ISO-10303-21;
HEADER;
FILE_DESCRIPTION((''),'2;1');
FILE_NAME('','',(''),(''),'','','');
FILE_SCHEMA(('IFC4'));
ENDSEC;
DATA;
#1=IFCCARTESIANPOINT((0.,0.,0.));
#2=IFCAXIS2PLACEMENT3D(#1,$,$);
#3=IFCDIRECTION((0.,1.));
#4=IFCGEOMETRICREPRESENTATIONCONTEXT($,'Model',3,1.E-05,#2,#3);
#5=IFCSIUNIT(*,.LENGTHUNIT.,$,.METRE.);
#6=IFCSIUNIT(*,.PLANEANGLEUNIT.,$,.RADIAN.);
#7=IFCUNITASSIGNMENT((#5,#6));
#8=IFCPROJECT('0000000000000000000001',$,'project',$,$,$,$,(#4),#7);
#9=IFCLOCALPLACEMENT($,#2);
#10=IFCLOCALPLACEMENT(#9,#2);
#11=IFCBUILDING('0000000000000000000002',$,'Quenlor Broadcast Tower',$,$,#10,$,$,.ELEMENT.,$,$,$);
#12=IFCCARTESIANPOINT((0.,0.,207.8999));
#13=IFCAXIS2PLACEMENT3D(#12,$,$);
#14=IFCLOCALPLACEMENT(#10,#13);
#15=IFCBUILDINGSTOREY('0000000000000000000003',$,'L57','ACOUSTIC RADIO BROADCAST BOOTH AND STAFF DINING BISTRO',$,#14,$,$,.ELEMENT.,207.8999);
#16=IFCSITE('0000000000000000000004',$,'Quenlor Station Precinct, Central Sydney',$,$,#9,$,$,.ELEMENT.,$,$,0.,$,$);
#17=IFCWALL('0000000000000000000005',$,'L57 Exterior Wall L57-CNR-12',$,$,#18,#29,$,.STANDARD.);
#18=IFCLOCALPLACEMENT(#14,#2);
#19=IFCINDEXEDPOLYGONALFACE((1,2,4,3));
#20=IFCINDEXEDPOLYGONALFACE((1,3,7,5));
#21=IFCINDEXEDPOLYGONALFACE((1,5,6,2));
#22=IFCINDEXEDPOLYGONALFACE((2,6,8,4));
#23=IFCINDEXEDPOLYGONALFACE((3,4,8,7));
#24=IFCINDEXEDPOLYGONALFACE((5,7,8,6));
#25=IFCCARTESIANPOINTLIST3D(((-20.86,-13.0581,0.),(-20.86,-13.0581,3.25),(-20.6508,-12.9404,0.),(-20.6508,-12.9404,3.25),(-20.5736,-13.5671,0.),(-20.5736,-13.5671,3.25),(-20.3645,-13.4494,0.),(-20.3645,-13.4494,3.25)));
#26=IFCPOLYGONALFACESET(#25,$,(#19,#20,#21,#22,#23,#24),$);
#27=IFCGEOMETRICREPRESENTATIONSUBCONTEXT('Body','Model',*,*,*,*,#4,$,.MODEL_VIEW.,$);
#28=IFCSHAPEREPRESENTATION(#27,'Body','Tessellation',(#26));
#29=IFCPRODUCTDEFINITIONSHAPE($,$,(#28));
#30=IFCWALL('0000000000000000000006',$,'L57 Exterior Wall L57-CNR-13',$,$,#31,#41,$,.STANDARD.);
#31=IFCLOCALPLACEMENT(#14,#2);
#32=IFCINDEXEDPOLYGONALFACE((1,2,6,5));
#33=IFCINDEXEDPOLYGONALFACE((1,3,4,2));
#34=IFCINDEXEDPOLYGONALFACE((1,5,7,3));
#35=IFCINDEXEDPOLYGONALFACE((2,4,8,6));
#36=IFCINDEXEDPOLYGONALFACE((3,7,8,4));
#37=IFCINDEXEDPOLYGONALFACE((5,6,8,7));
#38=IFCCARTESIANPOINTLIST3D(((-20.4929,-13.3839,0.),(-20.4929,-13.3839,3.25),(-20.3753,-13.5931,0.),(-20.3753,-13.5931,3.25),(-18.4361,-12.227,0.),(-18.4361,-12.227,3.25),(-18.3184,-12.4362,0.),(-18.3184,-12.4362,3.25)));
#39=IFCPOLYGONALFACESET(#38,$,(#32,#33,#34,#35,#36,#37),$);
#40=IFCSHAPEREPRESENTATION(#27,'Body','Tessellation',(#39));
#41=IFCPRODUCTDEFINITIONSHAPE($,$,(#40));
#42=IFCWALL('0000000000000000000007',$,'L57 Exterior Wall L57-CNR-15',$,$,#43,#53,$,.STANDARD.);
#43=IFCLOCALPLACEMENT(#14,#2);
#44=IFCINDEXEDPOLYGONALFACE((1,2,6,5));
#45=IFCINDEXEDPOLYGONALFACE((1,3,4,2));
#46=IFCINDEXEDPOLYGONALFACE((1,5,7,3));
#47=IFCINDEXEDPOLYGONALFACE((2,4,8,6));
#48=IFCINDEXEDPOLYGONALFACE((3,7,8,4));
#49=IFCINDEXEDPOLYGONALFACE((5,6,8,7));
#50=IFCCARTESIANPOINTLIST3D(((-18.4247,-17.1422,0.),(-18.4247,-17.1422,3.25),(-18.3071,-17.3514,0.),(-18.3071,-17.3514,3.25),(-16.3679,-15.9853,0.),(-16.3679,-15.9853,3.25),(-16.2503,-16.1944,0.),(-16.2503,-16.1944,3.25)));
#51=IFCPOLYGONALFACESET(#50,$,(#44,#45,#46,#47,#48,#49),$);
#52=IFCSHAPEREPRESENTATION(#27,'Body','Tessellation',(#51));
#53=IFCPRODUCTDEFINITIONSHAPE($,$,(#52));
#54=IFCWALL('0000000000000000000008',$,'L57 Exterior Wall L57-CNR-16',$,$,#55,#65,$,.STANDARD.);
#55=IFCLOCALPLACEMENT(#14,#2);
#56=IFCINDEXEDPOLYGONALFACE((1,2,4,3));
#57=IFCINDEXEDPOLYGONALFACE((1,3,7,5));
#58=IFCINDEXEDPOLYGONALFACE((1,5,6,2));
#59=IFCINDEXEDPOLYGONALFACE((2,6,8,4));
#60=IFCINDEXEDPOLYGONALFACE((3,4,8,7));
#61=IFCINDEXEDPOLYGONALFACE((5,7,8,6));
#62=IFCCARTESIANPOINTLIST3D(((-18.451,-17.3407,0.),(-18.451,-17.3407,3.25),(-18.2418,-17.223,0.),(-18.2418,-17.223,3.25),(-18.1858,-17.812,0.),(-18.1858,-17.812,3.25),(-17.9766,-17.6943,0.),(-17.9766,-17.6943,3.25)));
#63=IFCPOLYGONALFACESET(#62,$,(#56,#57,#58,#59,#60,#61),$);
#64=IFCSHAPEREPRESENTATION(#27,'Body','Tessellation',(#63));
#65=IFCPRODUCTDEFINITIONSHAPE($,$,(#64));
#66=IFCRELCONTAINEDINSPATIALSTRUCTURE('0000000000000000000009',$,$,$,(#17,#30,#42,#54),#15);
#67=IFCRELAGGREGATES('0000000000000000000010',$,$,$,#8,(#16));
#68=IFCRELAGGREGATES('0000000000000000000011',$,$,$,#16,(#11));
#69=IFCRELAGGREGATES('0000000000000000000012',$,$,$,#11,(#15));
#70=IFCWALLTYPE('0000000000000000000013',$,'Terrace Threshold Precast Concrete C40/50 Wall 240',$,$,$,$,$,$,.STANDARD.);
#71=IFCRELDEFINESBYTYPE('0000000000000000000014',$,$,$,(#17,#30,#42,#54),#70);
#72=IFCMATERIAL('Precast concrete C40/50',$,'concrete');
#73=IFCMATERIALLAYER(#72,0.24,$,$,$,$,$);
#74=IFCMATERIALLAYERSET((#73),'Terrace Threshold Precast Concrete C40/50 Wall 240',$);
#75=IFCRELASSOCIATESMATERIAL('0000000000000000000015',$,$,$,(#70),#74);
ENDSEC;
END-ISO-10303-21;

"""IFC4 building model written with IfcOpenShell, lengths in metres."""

from ifc_helpers import new_model, si_unit, direction, frame, frame_2d, origin, place, context, subcontext, project, spatial, rectangle, extrude, material, layer, layer_set, type_object, element, save


model = new_model("IFC4")

# Units and contexts
model_context = context("Model", 3, precision=1e-05, world=origin(), true_north=direction((0.0, 1.0)))
body_context = subcontext(model_context, "Body", "Model", "MODEL_VIEW")
ifc_project = project(units=[si_unit("LENGTHUNIT", "METRE"), si_unit("PLANEANGLEUNIT", "RADIAN")], contexts=[model_context])

# Site, building, storey
site_placement = place(None, origin())
site = spatial("IfcSite", under=ifc_project, at=site_placement, Name="Quenlor Station Precinct, Central Sydney", CompositionType="ELEMENT", RefElevation=0.0)
building_placement = place(site_placement, origin())
building = spatial("IfcBuilding", under=site, at=building_placement, Name="Quenlor Broadcast Tower", CompositionType="ELEMENT")
storey_placement = place(building_placement, frame((0.0, 0.0, 207.8999)))
storey = spatial("IfcBuildingStorey", under=building, at=storey_placement, Name="L57", Description="ACOUSTIC RADIO BROADCAST BOOTH AND STAFF DINING BISTRO", CompositionType="ELEMENT", Elevation=207.8999)

# Walls
ifc_material_1 = material(Name="Precast concrete C40/50", Category="concrete")
ifc_layer_1 = layer(ifc_material_1, 0.24)
ifc_layer_set_1 = layer_set([ifc_layer_1], Name="Terrace Threshold Precast Concrete C40/50 Wall 240")
wall_type_1 = type_object("IfcWallType", Name="Terrace Threshold Precast Concrete C40/50 Wall 240", PredefinedType="STANDARD", material=ifc_layer_set_1)
wall_1_placement = place(storey_placement, frame((-20.7554, -12.9993, 0.0), z_axis=(0.0, 0.0, 1.0), x_axis=(0.490321, -0.871542, 0.0)))
element("IfcWall", 1, at=wall_1_placement, inside=storey, type_object=wall_type_1, Name="L57 Exterior Wall L57-CNR-12", PredefinedType="STANDARD", context=body_context, shape_type="SweptSolid", body=[
    extrude(rectangle(XDim=0.584, YDim=0.24, at=frame_2d((0.292, 0.0))), origin(), (0.0, 0.0, 1.0), 3.25),
])
for number, where, z_axis, x_axis, name in (
    (2, (-20.4341, -13.4885, 0.0), (0.0, 0.0, 1.0), (0.871578, 0.490256, 0.0), "L57 Exterior Wall L57-CNR-13"),
    (3, (-16.3091, -16.0898, 0.0), (0.0, 0.0, 1.0), (-0.871578, -0.490256, 0.0), "L57 Exterior Wall L57-CNR-15"),
):
    element("IfcWall", number, at=place(storey_placement, frame(where, z_axis=z_axis, x_axis=x_axis)), inside=storey, type_object=wall_type_1, Name=name, PredefinedType="STANDARD", context=body_context, shape_type="SweptSolid", body=[
        extrude(rectangle(XDim=2.3599, YDim=0.24, at=frame_2d((1.1799, 0.0))), origin(), (0.0, 0.0, 1.0), 3.25),
    ])
wall_2_placement = place(storey_placement, frame((-18.3464, -17.2817, 0.0), z_axis=(0.0, 0.0, 1.0), x_axis=(0.49039, -0.871503, 0.0)))
element("IfcWall", 4, at=wall_2_placement, inside=storey, type_object=wall_type_1, Name="L57 Exterior Wall L57-CNR-16", PredefinedType="STANDARD", context=body_context, shape_type="SweptSolid", body=[
    extrude(rectangle(XDim=0.5408, YDim=0.24, at=frame_2d((0.2705, 0.0))), origin(), (0.0, 0.0, 1.0), 3.25),
])

save(model, "model.ifc")
